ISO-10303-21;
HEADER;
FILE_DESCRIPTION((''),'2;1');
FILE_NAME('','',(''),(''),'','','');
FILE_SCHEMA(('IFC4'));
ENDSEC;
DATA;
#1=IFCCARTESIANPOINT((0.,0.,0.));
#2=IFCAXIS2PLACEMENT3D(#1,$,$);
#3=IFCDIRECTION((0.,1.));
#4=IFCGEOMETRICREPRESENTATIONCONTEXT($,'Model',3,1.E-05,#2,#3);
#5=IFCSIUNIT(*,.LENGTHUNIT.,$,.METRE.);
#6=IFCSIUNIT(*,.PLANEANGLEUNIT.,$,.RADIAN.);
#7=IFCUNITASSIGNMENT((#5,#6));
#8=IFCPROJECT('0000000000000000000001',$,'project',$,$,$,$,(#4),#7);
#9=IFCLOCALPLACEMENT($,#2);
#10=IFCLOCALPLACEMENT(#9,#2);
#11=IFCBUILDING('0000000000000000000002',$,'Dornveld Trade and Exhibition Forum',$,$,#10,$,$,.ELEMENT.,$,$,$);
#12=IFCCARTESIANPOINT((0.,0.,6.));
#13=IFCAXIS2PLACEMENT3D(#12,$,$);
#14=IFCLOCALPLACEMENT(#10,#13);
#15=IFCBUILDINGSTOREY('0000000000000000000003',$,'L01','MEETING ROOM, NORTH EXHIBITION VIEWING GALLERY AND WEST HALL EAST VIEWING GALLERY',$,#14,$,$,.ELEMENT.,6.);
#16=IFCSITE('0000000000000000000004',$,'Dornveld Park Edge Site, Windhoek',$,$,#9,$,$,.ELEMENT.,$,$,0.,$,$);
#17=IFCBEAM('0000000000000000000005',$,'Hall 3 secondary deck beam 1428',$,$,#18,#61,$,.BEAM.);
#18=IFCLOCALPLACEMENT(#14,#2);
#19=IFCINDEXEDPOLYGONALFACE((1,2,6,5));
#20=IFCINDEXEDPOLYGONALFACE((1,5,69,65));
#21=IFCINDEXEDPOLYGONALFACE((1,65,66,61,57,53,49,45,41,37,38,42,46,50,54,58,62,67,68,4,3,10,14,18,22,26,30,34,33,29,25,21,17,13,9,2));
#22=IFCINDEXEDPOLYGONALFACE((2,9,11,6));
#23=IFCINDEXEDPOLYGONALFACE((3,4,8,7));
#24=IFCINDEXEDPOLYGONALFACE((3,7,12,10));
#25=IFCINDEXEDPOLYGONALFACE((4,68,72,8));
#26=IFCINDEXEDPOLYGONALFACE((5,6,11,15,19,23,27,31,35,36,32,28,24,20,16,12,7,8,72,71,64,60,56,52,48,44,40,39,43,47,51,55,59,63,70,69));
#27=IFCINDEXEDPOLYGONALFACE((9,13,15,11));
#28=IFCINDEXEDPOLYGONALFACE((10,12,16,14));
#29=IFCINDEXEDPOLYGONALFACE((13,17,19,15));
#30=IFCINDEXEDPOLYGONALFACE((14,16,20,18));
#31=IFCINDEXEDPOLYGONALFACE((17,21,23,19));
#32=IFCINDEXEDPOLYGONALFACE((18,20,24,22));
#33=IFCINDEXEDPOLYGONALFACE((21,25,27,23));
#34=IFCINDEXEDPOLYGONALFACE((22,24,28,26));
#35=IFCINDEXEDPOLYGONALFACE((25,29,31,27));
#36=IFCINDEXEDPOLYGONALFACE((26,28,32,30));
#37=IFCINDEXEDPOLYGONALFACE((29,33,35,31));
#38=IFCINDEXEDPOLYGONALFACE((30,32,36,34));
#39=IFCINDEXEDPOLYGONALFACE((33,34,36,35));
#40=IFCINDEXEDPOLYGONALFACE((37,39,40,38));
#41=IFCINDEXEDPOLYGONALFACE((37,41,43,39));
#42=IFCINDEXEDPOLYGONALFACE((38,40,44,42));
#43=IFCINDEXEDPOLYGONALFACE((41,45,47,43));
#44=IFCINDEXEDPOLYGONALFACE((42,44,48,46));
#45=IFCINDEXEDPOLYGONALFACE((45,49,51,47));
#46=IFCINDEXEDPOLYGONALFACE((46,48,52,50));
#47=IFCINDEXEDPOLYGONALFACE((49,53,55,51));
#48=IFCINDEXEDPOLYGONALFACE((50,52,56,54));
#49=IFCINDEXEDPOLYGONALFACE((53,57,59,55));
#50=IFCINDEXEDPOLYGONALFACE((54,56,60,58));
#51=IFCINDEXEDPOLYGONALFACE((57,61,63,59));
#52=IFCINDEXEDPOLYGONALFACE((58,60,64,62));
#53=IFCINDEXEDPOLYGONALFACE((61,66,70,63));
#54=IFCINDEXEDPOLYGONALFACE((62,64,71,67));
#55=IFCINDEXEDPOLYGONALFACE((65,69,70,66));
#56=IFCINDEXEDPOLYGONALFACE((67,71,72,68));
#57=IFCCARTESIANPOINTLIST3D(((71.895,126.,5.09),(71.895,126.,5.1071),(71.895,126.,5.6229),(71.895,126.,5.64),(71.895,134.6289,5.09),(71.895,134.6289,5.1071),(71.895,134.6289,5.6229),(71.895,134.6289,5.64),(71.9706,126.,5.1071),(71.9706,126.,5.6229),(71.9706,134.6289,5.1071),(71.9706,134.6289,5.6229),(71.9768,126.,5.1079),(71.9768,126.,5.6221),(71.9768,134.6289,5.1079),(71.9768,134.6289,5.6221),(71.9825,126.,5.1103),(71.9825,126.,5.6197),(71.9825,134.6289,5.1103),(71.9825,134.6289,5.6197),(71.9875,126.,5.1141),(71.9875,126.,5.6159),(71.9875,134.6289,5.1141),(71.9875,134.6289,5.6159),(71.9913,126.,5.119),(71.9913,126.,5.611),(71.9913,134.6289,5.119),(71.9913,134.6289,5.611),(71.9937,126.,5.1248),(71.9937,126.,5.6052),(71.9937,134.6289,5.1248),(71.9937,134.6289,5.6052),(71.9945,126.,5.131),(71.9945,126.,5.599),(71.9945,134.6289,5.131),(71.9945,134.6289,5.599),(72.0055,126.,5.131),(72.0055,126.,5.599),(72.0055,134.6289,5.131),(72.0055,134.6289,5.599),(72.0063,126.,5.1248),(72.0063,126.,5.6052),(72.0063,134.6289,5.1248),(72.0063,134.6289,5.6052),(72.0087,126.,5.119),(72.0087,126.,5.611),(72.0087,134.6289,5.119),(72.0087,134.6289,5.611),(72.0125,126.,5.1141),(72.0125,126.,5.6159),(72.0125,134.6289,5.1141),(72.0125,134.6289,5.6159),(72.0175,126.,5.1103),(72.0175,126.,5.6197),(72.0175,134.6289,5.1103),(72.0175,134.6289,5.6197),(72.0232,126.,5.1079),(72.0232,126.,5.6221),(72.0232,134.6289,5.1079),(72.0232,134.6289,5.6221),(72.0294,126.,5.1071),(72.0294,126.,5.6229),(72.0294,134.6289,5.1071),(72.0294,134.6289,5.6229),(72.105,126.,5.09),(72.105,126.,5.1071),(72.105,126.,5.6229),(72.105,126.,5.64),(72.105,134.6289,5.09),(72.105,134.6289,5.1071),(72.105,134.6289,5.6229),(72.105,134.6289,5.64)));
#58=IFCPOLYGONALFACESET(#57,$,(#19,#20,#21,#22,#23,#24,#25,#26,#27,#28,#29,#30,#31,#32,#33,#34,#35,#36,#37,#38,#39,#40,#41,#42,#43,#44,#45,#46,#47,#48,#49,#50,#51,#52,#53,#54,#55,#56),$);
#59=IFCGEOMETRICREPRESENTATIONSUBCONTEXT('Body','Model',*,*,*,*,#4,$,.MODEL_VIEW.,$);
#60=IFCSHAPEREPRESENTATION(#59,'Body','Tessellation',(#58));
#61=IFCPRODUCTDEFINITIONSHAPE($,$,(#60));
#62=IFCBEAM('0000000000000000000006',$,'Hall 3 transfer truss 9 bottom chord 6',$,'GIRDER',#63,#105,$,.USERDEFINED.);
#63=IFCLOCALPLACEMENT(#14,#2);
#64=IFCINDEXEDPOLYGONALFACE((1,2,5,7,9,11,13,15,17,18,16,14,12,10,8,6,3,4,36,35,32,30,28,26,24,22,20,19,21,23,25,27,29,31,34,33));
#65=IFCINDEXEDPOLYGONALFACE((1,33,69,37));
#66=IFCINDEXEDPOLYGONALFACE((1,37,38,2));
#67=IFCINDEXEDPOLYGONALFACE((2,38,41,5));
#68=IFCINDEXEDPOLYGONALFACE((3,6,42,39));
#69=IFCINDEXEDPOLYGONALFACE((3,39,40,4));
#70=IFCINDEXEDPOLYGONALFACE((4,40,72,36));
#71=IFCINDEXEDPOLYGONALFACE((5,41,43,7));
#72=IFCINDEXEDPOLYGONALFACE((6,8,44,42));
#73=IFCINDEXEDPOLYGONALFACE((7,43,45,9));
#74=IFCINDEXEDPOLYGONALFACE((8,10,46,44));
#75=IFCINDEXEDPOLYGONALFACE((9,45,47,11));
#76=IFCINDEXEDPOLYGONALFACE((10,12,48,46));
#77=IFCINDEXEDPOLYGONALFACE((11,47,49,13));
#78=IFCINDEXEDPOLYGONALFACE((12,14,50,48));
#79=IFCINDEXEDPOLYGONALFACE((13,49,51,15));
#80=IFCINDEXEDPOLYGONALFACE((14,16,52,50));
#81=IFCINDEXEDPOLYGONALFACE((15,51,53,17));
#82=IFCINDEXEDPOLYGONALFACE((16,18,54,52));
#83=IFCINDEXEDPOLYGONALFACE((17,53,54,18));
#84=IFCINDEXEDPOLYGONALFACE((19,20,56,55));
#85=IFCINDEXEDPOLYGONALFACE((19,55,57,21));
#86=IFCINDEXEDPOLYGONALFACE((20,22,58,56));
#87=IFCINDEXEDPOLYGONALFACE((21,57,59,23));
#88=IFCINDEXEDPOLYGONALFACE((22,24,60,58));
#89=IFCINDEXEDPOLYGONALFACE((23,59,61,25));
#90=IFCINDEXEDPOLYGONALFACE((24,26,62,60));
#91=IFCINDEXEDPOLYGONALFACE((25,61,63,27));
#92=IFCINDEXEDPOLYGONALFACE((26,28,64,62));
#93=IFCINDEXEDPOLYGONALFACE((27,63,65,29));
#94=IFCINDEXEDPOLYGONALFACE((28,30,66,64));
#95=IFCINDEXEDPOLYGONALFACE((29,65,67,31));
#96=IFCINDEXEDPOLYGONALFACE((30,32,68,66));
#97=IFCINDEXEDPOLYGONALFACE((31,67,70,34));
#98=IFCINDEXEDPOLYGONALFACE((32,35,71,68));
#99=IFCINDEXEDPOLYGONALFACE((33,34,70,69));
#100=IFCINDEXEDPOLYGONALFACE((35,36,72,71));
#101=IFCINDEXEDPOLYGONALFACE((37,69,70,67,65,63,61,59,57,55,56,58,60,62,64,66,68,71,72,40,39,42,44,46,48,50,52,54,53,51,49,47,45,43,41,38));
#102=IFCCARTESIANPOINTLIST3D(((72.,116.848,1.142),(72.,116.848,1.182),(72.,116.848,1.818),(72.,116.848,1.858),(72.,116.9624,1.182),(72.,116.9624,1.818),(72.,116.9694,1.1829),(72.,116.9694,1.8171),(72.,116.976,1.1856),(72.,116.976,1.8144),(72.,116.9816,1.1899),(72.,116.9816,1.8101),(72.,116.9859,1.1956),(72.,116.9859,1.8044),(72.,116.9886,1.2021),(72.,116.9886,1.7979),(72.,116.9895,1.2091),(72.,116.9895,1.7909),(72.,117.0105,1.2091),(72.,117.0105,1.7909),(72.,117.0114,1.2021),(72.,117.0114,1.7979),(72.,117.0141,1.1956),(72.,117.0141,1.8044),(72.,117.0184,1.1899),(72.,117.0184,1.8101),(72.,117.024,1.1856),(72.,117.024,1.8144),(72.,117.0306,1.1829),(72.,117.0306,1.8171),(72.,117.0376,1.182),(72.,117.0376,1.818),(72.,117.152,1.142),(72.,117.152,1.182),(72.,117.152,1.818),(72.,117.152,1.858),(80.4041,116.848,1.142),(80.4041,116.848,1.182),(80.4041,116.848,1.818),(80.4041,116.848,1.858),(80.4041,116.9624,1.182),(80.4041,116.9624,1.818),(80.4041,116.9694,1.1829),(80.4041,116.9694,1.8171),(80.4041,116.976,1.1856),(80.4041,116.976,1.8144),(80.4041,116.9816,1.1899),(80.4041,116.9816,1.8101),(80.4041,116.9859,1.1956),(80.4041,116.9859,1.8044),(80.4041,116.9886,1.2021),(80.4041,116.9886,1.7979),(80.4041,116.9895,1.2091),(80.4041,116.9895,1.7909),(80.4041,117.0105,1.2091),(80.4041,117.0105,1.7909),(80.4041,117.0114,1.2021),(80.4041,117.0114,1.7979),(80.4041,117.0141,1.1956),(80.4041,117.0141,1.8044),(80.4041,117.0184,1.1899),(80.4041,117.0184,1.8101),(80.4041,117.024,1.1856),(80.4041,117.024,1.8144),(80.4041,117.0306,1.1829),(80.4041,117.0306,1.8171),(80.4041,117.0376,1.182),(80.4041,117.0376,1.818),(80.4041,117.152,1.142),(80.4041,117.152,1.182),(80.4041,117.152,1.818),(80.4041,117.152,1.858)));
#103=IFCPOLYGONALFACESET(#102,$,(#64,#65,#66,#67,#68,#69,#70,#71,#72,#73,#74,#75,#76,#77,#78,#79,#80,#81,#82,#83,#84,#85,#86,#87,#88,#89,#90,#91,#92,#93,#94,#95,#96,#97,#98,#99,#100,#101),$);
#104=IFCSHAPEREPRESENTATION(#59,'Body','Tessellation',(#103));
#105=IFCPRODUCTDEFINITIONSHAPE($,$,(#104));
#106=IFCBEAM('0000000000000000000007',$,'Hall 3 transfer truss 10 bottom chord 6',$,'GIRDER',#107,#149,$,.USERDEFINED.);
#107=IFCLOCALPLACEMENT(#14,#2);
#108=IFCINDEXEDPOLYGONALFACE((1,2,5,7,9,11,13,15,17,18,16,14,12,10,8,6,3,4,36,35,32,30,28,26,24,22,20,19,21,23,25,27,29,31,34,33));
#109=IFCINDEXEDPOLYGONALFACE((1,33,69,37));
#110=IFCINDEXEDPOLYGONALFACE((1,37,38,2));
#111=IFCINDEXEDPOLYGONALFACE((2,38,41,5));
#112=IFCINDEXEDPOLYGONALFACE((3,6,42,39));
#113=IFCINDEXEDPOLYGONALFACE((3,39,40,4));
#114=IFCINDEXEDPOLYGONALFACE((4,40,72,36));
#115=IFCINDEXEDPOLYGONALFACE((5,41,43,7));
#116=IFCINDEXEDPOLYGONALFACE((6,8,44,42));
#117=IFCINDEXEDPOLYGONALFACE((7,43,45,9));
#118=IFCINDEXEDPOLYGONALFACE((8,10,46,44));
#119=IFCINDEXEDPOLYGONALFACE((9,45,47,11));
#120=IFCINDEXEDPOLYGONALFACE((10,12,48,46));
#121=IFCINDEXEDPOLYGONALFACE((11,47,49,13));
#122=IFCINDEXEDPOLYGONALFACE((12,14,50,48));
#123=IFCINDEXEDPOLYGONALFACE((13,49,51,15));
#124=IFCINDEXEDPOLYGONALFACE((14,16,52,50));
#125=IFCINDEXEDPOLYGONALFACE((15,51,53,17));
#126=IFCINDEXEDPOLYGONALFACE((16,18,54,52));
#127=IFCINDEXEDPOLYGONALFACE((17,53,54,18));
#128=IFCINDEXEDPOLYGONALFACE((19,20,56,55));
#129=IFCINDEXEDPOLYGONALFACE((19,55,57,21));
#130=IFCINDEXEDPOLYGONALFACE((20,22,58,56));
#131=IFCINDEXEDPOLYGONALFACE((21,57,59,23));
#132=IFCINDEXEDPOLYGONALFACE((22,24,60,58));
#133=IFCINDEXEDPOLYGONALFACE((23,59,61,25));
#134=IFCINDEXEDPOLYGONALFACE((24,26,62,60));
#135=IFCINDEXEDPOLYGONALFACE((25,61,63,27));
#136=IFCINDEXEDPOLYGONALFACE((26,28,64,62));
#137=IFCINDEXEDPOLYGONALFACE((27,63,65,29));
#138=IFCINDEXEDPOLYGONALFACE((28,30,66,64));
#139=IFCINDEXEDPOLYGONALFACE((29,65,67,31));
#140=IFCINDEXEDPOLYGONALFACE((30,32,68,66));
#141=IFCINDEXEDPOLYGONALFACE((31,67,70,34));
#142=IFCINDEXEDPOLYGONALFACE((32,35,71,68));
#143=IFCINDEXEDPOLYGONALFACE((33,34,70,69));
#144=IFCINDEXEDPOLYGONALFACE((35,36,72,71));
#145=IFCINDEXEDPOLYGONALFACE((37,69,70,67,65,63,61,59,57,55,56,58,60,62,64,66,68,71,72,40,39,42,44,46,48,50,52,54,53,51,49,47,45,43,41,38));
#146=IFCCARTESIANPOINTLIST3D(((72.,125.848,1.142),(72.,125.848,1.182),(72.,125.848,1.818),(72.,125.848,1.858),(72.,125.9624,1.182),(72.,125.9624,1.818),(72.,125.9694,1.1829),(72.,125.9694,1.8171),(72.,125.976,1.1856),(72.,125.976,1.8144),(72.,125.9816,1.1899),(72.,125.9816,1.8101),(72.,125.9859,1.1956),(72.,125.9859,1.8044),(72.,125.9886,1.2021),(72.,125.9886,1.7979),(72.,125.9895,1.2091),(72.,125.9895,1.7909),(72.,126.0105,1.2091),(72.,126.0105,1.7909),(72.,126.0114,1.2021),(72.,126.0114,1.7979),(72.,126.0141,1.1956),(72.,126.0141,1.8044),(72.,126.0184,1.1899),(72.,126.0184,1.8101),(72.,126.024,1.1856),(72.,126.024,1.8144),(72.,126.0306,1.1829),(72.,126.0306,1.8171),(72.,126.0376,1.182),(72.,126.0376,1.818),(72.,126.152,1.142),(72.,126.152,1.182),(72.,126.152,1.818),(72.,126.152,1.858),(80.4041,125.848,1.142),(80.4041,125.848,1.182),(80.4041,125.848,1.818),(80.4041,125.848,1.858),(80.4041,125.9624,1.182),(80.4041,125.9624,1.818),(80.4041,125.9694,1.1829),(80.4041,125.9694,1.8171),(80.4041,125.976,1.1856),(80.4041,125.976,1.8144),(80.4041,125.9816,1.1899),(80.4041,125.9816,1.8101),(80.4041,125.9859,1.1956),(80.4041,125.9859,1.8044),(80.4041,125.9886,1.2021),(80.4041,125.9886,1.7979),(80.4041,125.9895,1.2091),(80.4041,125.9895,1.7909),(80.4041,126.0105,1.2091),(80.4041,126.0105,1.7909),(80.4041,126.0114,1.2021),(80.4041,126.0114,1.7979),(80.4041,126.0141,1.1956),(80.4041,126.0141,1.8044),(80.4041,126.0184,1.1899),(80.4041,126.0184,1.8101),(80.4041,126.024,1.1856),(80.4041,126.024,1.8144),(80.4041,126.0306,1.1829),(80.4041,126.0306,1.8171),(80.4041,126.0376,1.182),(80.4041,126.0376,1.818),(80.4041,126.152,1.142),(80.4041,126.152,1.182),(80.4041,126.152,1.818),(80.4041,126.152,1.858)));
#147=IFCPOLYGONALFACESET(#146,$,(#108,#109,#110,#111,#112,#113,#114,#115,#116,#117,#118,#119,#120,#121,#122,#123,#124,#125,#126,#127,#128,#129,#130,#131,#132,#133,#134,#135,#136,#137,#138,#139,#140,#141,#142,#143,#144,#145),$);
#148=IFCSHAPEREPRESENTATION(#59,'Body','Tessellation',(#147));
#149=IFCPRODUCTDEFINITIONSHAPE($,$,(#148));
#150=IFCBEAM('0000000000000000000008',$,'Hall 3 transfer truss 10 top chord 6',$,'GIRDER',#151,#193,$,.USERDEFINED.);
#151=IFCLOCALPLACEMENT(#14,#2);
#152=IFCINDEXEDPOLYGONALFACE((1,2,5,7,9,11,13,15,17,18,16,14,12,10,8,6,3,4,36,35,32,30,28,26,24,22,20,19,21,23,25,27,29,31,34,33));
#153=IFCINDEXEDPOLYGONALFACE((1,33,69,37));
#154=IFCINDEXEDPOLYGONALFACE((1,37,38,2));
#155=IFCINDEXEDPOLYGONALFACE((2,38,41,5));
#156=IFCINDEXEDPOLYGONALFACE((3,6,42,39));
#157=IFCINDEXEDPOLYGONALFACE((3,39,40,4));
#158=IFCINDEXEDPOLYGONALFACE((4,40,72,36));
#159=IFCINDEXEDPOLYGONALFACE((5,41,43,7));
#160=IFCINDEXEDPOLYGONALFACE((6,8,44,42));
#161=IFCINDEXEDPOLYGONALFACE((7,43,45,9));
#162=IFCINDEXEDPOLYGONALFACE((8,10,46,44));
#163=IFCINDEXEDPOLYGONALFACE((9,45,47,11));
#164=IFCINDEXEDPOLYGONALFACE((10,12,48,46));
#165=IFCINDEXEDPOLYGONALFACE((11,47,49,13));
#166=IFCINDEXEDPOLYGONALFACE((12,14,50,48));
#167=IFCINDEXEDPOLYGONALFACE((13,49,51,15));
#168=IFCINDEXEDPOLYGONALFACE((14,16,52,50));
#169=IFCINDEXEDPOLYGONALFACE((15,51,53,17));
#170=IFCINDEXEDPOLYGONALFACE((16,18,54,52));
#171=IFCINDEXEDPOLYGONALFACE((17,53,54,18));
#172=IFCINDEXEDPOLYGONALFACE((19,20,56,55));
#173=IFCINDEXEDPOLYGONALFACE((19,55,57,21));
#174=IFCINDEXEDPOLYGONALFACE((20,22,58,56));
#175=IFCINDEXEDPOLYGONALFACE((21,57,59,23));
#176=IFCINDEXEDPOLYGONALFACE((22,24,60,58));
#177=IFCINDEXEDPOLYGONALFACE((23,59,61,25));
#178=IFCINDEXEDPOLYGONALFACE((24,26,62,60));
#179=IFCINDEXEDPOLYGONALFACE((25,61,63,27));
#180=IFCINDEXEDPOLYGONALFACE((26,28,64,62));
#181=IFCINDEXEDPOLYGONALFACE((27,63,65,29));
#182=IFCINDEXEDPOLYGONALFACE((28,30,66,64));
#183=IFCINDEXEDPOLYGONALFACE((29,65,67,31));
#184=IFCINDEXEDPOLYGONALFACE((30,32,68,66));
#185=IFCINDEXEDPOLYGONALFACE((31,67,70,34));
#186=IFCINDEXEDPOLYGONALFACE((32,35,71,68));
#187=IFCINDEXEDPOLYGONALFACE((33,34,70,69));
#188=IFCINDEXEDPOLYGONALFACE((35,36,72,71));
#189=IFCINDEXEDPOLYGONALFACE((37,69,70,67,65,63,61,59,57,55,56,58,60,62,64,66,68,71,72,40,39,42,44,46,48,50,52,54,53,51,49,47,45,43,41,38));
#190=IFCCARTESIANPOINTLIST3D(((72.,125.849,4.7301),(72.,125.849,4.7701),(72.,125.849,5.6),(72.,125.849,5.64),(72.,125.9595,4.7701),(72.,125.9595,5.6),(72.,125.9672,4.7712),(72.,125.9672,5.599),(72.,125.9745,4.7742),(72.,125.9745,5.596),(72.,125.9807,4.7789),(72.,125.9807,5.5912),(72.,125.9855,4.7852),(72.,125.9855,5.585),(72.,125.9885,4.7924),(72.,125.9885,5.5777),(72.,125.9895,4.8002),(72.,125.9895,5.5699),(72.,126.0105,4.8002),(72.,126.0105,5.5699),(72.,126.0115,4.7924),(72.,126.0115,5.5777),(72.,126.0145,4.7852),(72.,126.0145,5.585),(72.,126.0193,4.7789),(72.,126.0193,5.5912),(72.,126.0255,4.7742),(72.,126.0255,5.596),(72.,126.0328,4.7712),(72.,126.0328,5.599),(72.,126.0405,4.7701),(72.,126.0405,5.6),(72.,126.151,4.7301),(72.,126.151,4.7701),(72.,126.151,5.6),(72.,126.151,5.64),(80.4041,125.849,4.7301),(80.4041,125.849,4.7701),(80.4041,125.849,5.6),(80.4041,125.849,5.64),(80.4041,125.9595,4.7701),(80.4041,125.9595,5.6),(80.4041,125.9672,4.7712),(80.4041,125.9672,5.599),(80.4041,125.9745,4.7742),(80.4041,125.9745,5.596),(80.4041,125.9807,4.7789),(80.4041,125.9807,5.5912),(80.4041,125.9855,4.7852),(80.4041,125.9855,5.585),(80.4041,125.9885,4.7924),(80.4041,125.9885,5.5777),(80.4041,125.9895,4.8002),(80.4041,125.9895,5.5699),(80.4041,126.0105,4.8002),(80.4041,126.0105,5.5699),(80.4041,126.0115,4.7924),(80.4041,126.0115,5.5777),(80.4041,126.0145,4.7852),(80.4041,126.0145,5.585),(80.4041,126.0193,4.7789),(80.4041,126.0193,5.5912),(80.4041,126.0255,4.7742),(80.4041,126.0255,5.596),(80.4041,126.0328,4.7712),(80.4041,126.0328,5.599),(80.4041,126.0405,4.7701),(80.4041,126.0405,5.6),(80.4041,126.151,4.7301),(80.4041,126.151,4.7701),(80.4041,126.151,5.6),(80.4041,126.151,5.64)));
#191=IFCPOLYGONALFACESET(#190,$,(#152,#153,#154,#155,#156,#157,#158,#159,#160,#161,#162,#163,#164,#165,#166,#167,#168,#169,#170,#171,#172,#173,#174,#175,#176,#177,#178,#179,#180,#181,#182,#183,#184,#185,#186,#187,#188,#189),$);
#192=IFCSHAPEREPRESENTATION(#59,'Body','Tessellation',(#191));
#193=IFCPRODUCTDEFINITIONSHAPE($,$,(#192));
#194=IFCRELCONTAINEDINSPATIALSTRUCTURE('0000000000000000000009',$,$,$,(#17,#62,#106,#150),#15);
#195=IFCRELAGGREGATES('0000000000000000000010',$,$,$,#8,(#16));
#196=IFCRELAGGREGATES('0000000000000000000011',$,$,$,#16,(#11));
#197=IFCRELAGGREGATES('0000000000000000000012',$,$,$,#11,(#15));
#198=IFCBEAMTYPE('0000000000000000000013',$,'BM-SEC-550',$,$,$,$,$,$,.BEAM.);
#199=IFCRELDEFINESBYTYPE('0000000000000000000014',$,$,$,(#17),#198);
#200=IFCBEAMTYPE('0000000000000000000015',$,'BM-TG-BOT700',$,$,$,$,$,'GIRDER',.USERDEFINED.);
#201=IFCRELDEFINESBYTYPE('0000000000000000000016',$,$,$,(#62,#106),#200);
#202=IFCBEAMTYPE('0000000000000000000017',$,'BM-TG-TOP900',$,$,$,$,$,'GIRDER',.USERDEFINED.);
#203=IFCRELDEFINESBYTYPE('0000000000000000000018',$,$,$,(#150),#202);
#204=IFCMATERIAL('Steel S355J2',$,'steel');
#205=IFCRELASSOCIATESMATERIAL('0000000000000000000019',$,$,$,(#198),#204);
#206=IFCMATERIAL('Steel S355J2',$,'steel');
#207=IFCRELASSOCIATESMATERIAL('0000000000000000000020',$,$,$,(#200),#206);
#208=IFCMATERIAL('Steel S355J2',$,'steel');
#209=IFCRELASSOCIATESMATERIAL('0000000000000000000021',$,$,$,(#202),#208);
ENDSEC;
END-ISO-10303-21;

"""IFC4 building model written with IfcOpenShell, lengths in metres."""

from ifc_helpers import new_model, si_unit, direction, frame, origin, origin_2d, place, context, subcontext, project, spatial, i_section, extrude, material, material_profile, profile_set, type_object, element, save


model = new_model("IFC4")

# Units and contexts
model_context = context("Model", 3, precision=1e-05, world=origin(), true_north=direction((0.0, 1.0)))
body_context = subcontext(model_context, "Body", "Model", "MODEL_VIEW")
ifc_project = project(units=[si_unit("LENGTHUNIT", "METRE"), si_unit("PLANEANGLEUNIT", "RADIAN")], contexts=[model_context])

# Site, building, storey
site_placement = place(None, origin())
site = spatial("IfcSite", under=ifc_project, at=site_placement, Name="Dornveld Park Edge Site, Windhoek", CompositionType="ELEMENT", RefElevation=0.0)
building_placement = place(site_placement, origin())
building = spatial("IfcBuilding", under=site, at=building_placement, Name="Dornveld Trade and Exhibition Forum", CompositionType="ELEMENT")
storey_placement = place(building_placement, frame((0.0, 0.0, 6.0)))
storey = spatial("IfcBuildingStorey", under=building, at=storey_placement, Name="L01", Description="MEETING ROOM, NORTH EXHIBITION VIEWING GALLERY AND WEST HALL EAST VIEWING GALLERY", CompositionType="ELEMENT", Elevation=6.0)

# Beams
ifc_material_1 = material(Name="Steel S355J2", Category="steel")
ifc_material_profile_1 = material_profile(ifc_material_1, i_section(OverallWidth=0.21, OverallDepth=0.55, WebThickness=0.011, FlangeThickness=0.0171, FilletRadius=0.0239, at=origin_2d()), Name="IPE 550")
ifc_profile_set_1 = profile_set([ifc_material_profile_1], Name="Steel S355J2")
beam_type_1 = type_object("IfcBeamType", Name="BM-SEC-550", PredefinedType="BEAM", material=ifc_profile_set_1)
beam_1_placement = place(storey_placement, frame((72.0, 126.0, 5.365), z_axis=(0.0, 1.0, 0.0), x_axis=(-1.0, 0.0, 0.0)))
element("IfcBeam", 1, at=beam_1_placement, inside=storey, type_object=beam_type_1, Name="Hall 3 secondary deck beam 1428", PredefinedType="BEAM", context=body_context, shape_type="SweptSolid", body=[
    extrude(i_section(OverallWidth=0.21, OverallDepth=0.55, WebThickness=0.011, FlangeThickness=0.0171, FilletRadius=0.0239, at=origin_2d()), origin(), (0.0, 0.0, 1.0), 8.6289),
])
ifc_material_2 = material(Name="Steel S355J2", Category="steel")
ifc_material_profile_2 = material_profile(ifc_material_2, i_section(OverallWidth=0.304, OverallDepth=0.7161, WebThickness=0.021, FlangeThickness=0.04, FilletRadius=0.0271, at=origin_2d()), Name="HEM 700")
ifc_profile_set_2 = profile_set([ifc_material_profile_2], Name="Steel S355J2")
beam_type_2 = type_object("IfcBeamType", Name="BM-TG-BOT700", ElementType="GIRDER", PredefinedType="USERDEFINED", material=ifc_profile_set_2)
for number, where, z_axis, x_axis, name in (
    (2, (72.0, 117.0, 1.5), (1.0, 0.0, 0.0), (0.0, 1.0, 0.0), "Hall 3 transfer truss 9 bottom chord 6"),
    (3, (72.0, 126.0, 1.5), (1.0, 0.0, 0.0), (0.0, 1.0, 0.0), "Hall 3 transfer truss 10 bottom chord 6"),
):
    element("IfcBeam", number, at=place(storey_placement, frame(where, z_axis=z_axis, x_axis=x_axis)), inside=storey, type_object=beam_type_2, Name=name, ObjectType="GIRDER", PredefinedType="USERDEFINED", context=body_context, shape_type="SweptSolid", body=[
        extrude(i_section(OverallWidth=0.304, OverallDepth=0.7161, WebThickness=0.021, FlangeThickness=0.04, FilletRadius=0.0271, at=origin_2d()), origin(), (0.0, 0.0, 1.0), 8.4041),
    ])
ifc_material_3 = material(Name="Steel S355J2", Category="steel")
ifc_material_profile_3 = material_profile(ifc_material_3, i_section(OverallWidth=0.302, OverallDepth=0.9099, WebThickness=0.021, FlangeThickness=0.04, FilletRadius=0.03, at=origin_2d()), Name="HEM 900")
ifc_profile_set_3 = profile_set([ifc_material_profile_3], Name="Steel S355J2")
beam_type_3 = type_object("IfcBeamType", Name="BM-TG-TOP900", ElementType="GIRDER", PredefinedType="USERDEFINED", material=ifc_profile_set_3)
beam_2_placement = place(storey_placement, frame((72.0, 126.0, 5.1851), z_axis=(1.0, 0.0, 0.0), x_axis=(0.0, 1.0, 0.0)))
element("IfcBeam", 4, at=beam_2_placement, inside=storey, type_object=beam_type_3, Name="Hall 3 transfer truss 10 top chord 6", ObjectType="GIRDER", PredefinedType="USERDEFINED", context=body_context, shape_type="SweptSolid", body=[
    extrude(i_section(OverallWidth=0.302, OverallDepth=0.9099, WebThickness=0.021, FlangeThickness=0.04, FilletRadius=0.03, at=origin_2d()), origin(), (0.0, 0.0, 1.0), 8.4041),
])

save(model, "model.ifc")
